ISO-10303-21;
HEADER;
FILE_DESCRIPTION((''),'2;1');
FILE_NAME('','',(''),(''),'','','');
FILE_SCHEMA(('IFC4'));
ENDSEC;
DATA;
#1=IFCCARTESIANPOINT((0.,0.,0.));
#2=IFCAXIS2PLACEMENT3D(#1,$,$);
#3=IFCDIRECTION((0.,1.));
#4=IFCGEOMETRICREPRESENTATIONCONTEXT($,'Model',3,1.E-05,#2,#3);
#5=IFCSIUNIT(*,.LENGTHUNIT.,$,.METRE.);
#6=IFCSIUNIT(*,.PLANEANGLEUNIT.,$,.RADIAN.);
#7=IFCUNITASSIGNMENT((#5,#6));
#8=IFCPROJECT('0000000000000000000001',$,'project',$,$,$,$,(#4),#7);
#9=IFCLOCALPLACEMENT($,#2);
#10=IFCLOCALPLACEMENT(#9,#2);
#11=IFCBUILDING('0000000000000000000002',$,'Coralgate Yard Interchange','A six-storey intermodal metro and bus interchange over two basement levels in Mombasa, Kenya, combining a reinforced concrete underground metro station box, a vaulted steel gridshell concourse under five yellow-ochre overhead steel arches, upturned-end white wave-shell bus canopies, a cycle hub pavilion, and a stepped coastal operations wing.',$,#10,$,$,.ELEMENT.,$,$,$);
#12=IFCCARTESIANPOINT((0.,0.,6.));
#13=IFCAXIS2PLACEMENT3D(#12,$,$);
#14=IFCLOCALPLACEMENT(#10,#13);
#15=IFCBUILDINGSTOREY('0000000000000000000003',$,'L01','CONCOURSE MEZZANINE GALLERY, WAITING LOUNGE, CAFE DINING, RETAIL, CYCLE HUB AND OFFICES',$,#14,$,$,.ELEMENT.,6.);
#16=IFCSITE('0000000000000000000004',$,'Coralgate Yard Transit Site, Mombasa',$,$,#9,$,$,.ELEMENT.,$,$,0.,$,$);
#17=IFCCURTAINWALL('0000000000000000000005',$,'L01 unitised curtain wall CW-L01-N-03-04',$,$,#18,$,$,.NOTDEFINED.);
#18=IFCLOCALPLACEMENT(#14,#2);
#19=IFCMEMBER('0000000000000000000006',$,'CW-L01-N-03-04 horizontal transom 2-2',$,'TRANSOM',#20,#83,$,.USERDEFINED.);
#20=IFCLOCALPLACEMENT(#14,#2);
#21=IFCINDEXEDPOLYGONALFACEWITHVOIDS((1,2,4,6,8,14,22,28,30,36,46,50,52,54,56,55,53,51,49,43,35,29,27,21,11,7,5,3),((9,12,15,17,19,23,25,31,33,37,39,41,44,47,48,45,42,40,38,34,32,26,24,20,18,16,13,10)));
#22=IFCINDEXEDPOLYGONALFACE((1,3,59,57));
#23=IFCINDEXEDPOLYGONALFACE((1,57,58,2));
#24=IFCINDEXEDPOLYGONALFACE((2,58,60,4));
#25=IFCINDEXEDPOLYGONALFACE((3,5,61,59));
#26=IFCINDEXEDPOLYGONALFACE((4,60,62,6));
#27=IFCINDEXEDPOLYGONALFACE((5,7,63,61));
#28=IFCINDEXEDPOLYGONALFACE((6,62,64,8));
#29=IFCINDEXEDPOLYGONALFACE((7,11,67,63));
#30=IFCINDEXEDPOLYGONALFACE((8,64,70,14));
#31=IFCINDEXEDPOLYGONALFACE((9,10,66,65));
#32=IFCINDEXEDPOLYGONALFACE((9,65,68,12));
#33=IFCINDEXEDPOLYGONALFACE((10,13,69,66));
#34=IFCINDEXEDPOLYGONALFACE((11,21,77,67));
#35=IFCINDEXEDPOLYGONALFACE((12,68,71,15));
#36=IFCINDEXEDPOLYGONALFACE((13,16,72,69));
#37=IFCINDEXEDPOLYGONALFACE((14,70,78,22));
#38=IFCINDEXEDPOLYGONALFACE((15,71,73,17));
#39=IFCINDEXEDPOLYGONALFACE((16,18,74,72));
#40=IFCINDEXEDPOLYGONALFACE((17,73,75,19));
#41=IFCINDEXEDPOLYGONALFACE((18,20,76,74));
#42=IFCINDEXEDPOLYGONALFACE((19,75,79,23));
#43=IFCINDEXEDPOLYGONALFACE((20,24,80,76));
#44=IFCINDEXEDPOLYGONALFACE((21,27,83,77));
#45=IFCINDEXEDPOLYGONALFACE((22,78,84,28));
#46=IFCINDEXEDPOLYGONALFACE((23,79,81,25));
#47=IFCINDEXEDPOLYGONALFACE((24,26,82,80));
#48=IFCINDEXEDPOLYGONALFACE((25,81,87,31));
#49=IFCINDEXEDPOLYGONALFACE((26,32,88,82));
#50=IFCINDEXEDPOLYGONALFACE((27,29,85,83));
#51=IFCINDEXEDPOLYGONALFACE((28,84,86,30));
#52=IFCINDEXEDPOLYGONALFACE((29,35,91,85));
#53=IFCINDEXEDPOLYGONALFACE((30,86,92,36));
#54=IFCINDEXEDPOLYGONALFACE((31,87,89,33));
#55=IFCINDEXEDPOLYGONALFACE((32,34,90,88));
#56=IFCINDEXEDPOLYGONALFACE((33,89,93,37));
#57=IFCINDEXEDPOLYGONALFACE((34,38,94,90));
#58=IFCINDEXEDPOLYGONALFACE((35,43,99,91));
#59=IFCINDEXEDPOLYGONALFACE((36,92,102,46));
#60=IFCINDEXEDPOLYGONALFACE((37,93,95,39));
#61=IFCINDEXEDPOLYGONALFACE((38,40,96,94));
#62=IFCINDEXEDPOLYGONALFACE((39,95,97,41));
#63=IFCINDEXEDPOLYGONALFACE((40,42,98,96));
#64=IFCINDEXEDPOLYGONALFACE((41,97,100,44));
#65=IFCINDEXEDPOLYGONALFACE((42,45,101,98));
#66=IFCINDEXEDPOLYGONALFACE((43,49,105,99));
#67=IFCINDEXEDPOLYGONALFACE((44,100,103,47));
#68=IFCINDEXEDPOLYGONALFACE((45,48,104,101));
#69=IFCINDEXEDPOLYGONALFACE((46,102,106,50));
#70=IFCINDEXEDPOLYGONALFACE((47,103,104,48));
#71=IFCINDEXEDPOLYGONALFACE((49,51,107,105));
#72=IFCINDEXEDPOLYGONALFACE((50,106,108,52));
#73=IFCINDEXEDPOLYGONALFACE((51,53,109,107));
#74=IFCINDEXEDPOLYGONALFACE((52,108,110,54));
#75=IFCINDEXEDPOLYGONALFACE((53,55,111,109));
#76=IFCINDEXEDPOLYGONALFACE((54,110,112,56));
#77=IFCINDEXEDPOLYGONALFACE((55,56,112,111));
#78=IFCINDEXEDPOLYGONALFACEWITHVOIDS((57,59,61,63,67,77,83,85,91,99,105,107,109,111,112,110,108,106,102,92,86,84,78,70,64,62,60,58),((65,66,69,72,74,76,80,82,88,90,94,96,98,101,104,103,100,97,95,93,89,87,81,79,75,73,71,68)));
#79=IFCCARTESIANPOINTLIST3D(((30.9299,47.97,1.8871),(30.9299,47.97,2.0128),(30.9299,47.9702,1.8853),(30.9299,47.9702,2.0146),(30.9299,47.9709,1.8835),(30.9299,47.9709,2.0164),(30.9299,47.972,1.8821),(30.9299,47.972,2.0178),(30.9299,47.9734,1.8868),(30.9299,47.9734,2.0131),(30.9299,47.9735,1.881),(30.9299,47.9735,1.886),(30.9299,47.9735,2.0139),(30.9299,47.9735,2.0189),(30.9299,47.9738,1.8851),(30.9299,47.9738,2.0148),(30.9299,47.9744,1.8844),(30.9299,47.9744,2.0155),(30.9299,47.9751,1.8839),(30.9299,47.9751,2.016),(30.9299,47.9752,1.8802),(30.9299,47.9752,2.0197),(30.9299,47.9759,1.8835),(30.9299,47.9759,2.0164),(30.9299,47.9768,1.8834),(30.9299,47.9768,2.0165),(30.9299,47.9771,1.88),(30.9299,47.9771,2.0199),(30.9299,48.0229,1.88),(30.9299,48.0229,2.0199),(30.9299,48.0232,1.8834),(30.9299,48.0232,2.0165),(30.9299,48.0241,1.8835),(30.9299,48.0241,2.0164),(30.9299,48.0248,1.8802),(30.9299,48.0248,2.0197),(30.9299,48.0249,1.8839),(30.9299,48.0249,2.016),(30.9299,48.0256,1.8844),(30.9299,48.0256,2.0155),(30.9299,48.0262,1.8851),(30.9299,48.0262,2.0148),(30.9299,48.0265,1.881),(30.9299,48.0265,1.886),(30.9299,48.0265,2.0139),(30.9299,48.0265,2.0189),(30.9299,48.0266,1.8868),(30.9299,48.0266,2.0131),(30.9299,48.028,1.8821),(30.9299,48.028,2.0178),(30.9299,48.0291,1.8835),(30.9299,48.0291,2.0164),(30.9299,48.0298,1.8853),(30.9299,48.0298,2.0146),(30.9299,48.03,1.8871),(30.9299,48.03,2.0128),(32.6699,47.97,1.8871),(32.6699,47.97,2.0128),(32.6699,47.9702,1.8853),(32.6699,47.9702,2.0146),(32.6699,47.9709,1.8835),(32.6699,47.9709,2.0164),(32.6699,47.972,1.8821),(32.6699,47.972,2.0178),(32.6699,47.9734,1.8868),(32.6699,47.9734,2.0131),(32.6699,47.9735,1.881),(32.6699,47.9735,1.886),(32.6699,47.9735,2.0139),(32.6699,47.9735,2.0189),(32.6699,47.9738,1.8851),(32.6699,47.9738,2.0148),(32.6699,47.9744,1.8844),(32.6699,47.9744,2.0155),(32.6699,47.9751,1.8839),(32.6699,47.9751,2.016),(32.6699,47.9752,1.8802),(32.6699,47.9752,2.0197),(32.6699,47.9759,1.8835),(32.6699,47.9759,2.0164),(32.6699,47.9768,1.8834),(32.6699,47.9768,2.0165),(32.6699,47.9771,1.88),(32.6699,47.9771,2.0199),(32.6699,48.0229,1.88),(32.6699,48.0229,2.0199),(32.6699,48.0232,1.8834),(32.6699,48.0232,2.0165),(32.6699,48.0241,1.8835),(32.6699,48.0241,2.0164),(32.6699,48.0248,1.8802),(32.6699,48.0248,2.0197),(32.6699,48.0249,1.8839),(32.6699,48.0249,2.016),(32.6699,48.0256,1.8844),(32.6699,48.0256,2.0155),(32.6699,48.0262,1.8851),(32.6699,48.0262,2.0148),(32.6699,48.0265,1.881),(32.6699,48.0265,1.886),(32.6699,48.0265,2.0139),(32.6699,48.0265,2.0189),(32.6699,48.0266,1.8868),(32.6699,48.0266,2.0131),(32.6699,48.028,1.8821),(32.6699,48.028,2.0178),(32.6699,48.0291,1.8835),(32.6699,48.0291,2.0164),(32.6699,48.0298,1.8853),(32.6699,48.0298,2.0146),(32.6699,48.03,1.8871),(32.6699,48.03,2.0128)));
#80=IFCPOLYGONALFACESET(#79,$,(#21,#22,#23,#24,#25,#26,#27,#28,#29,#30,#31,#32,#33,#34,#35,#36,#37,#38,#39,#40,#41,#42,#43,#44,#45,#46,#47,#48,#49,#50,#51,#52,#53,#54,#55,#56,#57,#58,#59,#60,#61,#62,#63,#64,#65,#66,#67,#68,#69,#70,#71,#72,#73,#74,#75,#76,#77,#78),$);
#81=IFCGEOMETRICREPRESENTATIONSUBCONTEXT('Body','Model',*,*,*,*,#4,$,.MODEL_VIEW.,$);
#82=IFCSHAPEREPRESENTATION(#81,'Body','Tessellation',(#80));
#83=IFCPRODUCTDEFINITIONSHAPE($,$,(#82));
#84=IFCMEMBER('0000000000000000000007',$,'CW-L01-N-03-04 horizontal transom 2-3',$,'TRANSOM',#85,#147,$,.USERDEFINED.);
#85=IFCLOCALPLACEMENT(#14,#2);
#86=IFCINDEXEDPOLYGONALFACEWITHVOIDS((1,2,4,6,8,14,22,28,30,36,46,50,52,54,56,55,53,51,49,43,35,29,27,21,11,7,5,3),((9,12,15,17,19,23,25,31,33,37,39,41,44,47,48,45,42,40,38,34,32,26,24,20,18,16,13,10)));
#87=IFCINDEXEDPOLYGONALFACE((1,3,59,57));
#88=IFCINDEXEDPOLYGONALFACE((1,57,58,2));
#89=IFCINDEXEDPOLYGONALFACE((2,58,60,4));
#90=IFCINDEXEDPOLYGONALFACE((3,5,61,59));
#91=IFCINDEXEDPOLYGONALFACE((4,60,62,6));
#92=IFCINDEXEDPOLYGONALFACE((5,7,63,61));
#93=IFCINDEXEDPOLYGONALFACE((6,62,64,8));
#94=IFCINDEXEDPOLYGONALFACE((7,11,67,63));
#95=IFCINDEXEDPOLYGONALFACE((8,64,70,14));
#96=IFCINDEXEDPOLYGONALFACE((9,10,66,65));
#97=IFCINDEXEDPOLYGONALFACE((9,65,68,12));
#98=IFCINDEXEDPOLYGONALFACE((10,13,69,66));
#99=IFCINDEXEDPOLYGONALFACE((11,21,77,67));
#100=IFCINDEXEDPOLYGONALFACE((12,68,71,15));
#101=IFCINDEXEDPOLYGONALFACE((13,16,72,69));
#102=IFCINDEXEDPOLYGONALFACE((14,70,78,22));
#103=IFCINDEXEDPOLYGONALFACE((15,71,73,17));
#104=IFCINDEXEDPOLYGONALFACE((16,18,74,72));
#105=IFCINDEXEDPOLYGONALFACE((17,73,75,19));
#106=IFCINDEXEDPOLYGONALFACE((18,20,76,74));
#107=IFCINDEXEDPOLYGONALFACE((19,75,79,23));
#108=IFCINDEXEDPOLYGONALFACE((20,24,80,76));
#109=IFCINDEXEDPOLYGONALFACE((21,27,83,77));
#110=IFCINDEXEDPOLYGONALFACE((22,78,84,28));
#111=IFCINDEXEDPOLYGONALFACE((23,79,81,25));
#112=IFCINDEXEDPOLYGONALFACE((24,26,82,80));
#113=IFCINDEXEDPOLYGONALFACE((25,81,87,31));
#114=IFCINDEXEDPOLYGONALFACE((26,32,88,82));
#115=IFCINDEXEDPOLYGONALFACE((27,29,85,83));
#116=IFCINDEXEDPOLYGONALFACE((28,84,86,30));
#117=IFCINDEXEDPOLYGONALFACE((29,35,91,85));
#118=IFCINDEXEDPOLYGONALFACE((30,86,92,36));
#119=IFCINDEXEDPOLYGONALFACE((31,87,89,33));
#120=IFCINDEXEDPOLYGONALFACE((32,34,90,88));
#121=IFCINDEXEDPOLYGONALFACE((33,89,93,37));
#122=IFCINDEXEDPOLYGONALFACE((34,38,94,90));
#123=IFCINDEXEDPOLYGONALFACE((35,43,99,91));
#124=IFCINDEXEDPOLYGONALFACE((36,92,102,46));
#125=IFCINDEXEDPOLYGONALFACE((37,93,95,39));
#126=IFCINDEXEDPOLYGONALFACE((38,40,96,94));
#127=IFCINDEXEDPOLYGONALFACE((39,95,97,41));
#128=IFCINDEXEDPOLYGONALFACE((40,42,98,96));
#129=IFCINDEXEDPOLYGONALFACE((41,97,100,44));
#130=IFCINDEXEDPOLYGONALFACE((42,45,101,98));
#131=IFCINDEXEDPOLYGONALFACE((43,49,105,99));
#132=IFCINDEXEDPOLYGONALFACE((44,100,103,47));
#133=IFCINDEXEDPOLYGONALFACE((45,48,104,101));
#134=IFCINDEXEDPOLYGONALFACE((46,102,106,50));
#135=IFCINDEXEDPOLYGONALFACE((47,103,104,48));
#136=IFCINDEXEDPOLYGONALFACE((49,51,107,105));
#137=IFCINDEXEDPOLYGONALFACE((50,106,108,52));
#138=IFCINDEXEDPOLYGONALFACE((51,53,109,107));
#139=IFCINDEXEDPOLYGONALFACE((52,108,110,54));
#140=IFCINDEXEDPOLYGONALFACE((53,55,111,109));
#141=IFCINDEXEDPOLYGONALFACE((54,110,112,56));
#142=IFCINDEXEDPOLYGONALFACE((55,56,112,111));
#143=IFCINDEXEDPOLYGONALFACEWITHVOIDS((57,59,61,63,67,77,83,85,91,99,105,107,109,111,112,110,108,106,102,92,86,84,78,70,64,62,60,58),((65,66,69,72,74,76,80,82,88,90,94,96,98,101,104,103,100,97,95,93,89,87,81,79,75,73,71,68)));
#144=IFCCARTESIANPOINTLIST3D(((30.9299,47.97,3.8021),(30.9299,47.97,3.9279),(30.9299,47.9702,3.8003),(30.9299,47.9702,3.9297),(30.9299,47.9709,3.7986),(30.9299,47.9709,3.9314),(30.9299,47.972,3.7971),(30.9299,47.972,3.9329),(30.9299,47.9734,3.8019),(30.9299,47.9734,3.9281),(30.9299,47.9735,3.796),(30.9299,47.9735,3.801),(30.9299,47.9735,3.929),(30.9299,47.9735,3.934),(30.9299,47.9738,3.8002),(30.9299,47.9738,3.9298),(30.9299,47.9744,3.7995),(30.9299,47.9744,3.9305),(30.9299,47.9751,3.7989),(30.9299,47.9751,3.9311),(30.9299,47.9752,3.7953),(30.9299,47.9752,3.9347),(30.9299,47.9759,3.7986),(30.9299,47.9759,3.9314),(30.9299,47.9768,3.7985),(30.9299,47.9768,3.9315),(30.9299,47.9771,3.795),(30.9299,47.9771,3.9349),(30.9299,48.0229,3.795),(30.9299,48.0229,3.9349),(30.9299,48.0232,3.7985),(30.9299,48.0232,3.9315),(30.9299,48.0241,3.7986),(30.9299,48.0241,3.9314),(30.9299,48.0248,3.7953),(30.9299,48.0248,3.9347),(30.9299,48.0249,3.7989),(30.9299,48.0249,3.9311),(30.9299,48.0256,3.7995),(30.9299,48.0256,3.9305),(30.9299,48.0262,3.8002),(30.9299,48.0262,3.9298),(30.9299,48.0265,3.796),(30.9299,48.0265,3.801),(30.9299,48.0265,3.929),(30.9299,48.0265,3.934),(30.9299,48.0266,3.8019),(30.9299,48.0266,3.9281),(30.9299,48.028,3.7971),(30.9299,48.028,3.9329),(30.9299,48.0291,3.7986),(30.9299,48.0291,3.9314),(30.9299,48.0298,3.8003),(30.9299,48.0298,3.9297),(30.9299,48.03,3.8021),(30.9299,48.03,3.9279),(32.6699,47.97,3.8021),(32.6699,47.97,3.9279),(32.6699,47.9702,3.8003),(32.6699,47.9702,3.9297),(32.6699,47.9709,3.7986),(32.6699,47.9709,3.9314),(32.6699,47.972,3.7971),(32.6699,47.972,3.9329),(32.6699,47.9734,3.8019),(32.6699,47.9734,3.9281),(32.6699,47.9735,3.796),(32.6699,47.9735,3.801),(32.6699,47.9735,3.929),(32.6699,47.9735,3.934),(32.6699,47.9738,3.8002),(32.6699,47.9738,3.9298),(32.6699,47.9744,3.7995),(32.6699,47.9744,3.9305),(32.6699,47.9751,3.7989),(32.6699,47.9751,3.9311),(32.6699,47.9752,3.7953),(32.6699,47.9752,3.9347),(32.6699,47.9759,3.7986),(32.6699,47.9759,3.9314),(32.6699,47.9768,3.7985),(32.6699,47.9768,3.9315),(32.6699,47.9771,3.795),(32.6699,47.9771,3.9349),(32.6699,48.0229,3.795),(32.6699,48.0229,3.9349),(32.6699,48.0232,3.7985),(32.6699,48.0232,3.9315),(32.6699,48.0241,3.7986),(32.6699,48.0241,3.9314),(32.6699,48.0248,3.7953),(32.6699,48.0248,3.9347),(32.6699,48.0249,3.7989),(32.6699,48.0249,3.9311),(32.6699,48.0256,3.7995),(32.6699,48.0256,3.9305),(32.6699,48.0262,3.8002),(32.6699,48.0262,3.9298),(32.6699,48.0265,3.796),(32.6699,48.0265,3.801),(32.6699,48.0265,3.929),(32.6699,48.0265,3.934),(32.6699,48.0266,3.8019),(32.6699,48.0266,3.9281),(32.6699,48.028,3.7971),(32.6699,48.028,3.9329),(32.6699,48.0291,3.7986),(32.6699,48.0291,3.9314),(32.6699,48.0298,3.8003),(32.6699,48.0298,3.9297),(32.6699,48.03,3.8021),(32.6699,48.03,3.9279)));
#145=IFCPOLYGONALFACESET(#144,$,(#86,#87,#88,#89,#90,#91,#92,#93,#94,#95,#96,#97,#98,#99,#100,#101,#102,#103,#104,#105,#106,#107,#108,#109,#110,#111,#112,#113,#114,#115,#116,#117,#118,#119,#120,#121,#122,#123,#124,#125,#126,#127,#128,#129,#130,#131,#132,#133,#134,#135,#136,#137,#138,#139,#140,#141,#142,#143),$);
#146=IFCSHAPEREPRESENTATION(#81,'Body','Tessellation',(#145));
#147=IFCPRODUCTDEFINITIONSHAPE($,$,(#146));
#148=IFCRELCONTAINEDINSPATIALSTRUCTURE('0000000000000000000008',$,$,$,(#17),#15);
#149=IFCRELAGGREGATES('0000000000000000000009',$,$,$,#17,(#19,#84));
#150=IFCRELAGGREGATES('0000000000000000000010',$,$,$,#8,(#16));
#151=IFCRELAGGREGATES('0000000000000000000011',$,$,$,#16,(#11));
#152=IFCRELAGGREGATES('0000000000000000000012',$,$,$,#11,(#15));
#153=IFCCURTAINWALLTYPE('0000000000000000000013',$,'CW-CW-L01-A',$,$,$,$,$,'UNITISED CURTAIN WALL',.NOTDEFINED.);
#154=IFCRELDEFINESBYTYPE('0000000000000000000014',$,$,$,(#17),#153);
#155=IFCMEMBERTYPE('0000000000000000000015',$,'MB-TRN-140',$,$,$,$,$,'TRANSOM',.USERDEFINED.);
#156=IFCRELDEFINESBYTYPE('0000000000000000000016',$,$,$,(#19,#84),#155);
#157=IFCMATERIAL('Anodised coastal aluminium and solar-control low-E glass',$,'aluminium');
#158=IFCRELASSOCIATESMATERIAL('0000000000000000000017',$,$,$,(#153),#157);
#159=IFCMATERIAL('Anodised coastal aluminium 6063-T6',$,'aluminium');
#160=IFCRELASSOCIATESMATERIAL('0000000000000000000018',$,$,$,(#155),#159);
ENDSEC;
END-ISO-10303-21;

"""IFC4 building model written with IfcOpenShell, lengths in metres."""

from ifc_helpers import new_model, si_unit, direction, frame, origin, origin_2d, place, context, subcontext, project, spatial, hollow_rectangle, extrude, material, material_profile, profile_set, type_object, element, aggregate, save


model = new_model("IFC4")

# Units and contexts
model_context = context("Model", 3, precision=1e-05, world=origin(), true_north=direction((0.0, 1.0)))
body_context = subcontext(model_context, "Body", "Model", "MODEL_VIEW")
ifc_project = project(units=[si_unit("LENGTHUNIT", "METRE"), si_unit("PLANEANGLEUNIT", "RADIAN")], contexts=[model_context])

# Site, building, storey
site_placement = place(None, origin())
site = spatial("IfcSite", under=ifc_project, at=site_placement, Name="Coralgate Yard Transit Site, Mombasa", CompositionType="ELEMENT", RefElevation=0.0)
building_placement = place(site_placement, origin())
building = spatial("IfcBuilding", under=site, at=building_placement, Name="Coralgate Yard Interchange", Description="A six-storey intermodal metro and bus interchange over two basement levels in Mombasa, Kenya, combining a reinforced concrete underground metro station box, a vaulted steel gridshell concourse under five yellow-ochre overhead steel arches, upturned-end white wave-shell bus canopies, a cycle hub pavilion, and a stepped coastal operations wing.", CompositionType="ELEMENT")
storey_placement = place(building_placement, frame((0.0, 0.0, 6.0)))
storey = spatial("IfcBuildingStorey", under=building, at=storey_placement, Name="L01", Description="CONCOURSE MEZZANINE GALLERY, WAITING LOUNGE, CAFE DINING, RETAIL, CYCLE HUB AND OFFICES", CompositionType="ELEMENT", Elevation=6.0)

# Curtain wall, members
ifc_material_1 = material(Name="Anodised coastal aluminium and solar-control low-E glass", Category="aluminium")
curtain_wall_type = type_object("IfcCurtainWallType", Name="CW-CW-L01-A", ElementType="UNITISED CURTAIN WALL", PredefinedType="NOTDEFINED", material=ifc_material_1)
curtain_wall_placement = place(storey_placement, origin())
curtain_wall = element("IfcCurtainWall", 1, at=curtain_wall_placement, inside=storey, type_object=curtain_wall_type, Name="L01 unitised curtain wall CW-L01-N-03-04", PredefinedType="NOTDEFINED")
ifc_material_2 = material(Name="Anodised coastal aluminium 6063-T6", Category="aluminium")
ifc_material_profile_1 = material_profile(ifc_material_2, hollow_rectangle(XDim=0.0601, YDim=0.1399, WallThickness=0.0034, InnerFilletRadius=0.0034, OuterFilletRadius=0.0071, at=origin_2d()), Name="ALU 60x140x3.5")
ifc_profile_set_1 = profile_set([ifc_material_profile_1], Name="Anodised coastal aluminium 6063-T6")
member_type_1 = type_object("IfcMemberType", Name="MB-TRN-140", ElementType="TRANSOM", PredefinedType="USERDEFINED", material=ifc_profile_set_1)
member_1_placement = place(storey_placement, frame((30.9299, 48.0, 1.95), z_axis=(1.0, 0.0, 0.0), x_axis=(0.0, 1.0, 0.0)))
member_1 = element("IfcMember", 2, at=member_1_placement, type_object=member_type_1, Name="CW-L01-N-03-04 horizontal transom 2-2", ObjectType="TRANSOM", PredefinedType="USERDEFINED", context=body_context, shape_type="SweptSolid", body=[
    extrude(hollow_rectangle(XDim=0.0601, YDim=0.1399, WallThickness=0.0034, InnerFilletRadius=0.0034, OuterFilletRadius=0.0071, at=origin_2d()), origin(), (0.0, 0.0, 1.0), 1.74),
])
member_2_placement = place(storey_placement, frame((30.9299, 48.0, 3.865), z_axis=(1.0, 0.0, 0.0), x_axis=(0.0, 1.0, 0.0)))
member_2 = element("IfcMember", 3, at=member_2_placement, type_object=member_type_1, Name="CW-L01-N-03-04 horizontal transom 2-3", ObjectType="TRANSOM", PredefinedType="USERDEFINED", context=body_context, shape_type="SweptSolid", body=[
    extrude(hollow_rectangle(XDim=0.0601, YDim=0.1399, WallThickness=0.0034, InnerFilletRadius=0.0034, OuterFilletRadius=0.0071, at=origin_2d()), origin(), (0.0, 0.0, 1.0), 1.74),
])
aggregate(curtain_wall, [member_1, member_2])

save(model, "model.ifc")
